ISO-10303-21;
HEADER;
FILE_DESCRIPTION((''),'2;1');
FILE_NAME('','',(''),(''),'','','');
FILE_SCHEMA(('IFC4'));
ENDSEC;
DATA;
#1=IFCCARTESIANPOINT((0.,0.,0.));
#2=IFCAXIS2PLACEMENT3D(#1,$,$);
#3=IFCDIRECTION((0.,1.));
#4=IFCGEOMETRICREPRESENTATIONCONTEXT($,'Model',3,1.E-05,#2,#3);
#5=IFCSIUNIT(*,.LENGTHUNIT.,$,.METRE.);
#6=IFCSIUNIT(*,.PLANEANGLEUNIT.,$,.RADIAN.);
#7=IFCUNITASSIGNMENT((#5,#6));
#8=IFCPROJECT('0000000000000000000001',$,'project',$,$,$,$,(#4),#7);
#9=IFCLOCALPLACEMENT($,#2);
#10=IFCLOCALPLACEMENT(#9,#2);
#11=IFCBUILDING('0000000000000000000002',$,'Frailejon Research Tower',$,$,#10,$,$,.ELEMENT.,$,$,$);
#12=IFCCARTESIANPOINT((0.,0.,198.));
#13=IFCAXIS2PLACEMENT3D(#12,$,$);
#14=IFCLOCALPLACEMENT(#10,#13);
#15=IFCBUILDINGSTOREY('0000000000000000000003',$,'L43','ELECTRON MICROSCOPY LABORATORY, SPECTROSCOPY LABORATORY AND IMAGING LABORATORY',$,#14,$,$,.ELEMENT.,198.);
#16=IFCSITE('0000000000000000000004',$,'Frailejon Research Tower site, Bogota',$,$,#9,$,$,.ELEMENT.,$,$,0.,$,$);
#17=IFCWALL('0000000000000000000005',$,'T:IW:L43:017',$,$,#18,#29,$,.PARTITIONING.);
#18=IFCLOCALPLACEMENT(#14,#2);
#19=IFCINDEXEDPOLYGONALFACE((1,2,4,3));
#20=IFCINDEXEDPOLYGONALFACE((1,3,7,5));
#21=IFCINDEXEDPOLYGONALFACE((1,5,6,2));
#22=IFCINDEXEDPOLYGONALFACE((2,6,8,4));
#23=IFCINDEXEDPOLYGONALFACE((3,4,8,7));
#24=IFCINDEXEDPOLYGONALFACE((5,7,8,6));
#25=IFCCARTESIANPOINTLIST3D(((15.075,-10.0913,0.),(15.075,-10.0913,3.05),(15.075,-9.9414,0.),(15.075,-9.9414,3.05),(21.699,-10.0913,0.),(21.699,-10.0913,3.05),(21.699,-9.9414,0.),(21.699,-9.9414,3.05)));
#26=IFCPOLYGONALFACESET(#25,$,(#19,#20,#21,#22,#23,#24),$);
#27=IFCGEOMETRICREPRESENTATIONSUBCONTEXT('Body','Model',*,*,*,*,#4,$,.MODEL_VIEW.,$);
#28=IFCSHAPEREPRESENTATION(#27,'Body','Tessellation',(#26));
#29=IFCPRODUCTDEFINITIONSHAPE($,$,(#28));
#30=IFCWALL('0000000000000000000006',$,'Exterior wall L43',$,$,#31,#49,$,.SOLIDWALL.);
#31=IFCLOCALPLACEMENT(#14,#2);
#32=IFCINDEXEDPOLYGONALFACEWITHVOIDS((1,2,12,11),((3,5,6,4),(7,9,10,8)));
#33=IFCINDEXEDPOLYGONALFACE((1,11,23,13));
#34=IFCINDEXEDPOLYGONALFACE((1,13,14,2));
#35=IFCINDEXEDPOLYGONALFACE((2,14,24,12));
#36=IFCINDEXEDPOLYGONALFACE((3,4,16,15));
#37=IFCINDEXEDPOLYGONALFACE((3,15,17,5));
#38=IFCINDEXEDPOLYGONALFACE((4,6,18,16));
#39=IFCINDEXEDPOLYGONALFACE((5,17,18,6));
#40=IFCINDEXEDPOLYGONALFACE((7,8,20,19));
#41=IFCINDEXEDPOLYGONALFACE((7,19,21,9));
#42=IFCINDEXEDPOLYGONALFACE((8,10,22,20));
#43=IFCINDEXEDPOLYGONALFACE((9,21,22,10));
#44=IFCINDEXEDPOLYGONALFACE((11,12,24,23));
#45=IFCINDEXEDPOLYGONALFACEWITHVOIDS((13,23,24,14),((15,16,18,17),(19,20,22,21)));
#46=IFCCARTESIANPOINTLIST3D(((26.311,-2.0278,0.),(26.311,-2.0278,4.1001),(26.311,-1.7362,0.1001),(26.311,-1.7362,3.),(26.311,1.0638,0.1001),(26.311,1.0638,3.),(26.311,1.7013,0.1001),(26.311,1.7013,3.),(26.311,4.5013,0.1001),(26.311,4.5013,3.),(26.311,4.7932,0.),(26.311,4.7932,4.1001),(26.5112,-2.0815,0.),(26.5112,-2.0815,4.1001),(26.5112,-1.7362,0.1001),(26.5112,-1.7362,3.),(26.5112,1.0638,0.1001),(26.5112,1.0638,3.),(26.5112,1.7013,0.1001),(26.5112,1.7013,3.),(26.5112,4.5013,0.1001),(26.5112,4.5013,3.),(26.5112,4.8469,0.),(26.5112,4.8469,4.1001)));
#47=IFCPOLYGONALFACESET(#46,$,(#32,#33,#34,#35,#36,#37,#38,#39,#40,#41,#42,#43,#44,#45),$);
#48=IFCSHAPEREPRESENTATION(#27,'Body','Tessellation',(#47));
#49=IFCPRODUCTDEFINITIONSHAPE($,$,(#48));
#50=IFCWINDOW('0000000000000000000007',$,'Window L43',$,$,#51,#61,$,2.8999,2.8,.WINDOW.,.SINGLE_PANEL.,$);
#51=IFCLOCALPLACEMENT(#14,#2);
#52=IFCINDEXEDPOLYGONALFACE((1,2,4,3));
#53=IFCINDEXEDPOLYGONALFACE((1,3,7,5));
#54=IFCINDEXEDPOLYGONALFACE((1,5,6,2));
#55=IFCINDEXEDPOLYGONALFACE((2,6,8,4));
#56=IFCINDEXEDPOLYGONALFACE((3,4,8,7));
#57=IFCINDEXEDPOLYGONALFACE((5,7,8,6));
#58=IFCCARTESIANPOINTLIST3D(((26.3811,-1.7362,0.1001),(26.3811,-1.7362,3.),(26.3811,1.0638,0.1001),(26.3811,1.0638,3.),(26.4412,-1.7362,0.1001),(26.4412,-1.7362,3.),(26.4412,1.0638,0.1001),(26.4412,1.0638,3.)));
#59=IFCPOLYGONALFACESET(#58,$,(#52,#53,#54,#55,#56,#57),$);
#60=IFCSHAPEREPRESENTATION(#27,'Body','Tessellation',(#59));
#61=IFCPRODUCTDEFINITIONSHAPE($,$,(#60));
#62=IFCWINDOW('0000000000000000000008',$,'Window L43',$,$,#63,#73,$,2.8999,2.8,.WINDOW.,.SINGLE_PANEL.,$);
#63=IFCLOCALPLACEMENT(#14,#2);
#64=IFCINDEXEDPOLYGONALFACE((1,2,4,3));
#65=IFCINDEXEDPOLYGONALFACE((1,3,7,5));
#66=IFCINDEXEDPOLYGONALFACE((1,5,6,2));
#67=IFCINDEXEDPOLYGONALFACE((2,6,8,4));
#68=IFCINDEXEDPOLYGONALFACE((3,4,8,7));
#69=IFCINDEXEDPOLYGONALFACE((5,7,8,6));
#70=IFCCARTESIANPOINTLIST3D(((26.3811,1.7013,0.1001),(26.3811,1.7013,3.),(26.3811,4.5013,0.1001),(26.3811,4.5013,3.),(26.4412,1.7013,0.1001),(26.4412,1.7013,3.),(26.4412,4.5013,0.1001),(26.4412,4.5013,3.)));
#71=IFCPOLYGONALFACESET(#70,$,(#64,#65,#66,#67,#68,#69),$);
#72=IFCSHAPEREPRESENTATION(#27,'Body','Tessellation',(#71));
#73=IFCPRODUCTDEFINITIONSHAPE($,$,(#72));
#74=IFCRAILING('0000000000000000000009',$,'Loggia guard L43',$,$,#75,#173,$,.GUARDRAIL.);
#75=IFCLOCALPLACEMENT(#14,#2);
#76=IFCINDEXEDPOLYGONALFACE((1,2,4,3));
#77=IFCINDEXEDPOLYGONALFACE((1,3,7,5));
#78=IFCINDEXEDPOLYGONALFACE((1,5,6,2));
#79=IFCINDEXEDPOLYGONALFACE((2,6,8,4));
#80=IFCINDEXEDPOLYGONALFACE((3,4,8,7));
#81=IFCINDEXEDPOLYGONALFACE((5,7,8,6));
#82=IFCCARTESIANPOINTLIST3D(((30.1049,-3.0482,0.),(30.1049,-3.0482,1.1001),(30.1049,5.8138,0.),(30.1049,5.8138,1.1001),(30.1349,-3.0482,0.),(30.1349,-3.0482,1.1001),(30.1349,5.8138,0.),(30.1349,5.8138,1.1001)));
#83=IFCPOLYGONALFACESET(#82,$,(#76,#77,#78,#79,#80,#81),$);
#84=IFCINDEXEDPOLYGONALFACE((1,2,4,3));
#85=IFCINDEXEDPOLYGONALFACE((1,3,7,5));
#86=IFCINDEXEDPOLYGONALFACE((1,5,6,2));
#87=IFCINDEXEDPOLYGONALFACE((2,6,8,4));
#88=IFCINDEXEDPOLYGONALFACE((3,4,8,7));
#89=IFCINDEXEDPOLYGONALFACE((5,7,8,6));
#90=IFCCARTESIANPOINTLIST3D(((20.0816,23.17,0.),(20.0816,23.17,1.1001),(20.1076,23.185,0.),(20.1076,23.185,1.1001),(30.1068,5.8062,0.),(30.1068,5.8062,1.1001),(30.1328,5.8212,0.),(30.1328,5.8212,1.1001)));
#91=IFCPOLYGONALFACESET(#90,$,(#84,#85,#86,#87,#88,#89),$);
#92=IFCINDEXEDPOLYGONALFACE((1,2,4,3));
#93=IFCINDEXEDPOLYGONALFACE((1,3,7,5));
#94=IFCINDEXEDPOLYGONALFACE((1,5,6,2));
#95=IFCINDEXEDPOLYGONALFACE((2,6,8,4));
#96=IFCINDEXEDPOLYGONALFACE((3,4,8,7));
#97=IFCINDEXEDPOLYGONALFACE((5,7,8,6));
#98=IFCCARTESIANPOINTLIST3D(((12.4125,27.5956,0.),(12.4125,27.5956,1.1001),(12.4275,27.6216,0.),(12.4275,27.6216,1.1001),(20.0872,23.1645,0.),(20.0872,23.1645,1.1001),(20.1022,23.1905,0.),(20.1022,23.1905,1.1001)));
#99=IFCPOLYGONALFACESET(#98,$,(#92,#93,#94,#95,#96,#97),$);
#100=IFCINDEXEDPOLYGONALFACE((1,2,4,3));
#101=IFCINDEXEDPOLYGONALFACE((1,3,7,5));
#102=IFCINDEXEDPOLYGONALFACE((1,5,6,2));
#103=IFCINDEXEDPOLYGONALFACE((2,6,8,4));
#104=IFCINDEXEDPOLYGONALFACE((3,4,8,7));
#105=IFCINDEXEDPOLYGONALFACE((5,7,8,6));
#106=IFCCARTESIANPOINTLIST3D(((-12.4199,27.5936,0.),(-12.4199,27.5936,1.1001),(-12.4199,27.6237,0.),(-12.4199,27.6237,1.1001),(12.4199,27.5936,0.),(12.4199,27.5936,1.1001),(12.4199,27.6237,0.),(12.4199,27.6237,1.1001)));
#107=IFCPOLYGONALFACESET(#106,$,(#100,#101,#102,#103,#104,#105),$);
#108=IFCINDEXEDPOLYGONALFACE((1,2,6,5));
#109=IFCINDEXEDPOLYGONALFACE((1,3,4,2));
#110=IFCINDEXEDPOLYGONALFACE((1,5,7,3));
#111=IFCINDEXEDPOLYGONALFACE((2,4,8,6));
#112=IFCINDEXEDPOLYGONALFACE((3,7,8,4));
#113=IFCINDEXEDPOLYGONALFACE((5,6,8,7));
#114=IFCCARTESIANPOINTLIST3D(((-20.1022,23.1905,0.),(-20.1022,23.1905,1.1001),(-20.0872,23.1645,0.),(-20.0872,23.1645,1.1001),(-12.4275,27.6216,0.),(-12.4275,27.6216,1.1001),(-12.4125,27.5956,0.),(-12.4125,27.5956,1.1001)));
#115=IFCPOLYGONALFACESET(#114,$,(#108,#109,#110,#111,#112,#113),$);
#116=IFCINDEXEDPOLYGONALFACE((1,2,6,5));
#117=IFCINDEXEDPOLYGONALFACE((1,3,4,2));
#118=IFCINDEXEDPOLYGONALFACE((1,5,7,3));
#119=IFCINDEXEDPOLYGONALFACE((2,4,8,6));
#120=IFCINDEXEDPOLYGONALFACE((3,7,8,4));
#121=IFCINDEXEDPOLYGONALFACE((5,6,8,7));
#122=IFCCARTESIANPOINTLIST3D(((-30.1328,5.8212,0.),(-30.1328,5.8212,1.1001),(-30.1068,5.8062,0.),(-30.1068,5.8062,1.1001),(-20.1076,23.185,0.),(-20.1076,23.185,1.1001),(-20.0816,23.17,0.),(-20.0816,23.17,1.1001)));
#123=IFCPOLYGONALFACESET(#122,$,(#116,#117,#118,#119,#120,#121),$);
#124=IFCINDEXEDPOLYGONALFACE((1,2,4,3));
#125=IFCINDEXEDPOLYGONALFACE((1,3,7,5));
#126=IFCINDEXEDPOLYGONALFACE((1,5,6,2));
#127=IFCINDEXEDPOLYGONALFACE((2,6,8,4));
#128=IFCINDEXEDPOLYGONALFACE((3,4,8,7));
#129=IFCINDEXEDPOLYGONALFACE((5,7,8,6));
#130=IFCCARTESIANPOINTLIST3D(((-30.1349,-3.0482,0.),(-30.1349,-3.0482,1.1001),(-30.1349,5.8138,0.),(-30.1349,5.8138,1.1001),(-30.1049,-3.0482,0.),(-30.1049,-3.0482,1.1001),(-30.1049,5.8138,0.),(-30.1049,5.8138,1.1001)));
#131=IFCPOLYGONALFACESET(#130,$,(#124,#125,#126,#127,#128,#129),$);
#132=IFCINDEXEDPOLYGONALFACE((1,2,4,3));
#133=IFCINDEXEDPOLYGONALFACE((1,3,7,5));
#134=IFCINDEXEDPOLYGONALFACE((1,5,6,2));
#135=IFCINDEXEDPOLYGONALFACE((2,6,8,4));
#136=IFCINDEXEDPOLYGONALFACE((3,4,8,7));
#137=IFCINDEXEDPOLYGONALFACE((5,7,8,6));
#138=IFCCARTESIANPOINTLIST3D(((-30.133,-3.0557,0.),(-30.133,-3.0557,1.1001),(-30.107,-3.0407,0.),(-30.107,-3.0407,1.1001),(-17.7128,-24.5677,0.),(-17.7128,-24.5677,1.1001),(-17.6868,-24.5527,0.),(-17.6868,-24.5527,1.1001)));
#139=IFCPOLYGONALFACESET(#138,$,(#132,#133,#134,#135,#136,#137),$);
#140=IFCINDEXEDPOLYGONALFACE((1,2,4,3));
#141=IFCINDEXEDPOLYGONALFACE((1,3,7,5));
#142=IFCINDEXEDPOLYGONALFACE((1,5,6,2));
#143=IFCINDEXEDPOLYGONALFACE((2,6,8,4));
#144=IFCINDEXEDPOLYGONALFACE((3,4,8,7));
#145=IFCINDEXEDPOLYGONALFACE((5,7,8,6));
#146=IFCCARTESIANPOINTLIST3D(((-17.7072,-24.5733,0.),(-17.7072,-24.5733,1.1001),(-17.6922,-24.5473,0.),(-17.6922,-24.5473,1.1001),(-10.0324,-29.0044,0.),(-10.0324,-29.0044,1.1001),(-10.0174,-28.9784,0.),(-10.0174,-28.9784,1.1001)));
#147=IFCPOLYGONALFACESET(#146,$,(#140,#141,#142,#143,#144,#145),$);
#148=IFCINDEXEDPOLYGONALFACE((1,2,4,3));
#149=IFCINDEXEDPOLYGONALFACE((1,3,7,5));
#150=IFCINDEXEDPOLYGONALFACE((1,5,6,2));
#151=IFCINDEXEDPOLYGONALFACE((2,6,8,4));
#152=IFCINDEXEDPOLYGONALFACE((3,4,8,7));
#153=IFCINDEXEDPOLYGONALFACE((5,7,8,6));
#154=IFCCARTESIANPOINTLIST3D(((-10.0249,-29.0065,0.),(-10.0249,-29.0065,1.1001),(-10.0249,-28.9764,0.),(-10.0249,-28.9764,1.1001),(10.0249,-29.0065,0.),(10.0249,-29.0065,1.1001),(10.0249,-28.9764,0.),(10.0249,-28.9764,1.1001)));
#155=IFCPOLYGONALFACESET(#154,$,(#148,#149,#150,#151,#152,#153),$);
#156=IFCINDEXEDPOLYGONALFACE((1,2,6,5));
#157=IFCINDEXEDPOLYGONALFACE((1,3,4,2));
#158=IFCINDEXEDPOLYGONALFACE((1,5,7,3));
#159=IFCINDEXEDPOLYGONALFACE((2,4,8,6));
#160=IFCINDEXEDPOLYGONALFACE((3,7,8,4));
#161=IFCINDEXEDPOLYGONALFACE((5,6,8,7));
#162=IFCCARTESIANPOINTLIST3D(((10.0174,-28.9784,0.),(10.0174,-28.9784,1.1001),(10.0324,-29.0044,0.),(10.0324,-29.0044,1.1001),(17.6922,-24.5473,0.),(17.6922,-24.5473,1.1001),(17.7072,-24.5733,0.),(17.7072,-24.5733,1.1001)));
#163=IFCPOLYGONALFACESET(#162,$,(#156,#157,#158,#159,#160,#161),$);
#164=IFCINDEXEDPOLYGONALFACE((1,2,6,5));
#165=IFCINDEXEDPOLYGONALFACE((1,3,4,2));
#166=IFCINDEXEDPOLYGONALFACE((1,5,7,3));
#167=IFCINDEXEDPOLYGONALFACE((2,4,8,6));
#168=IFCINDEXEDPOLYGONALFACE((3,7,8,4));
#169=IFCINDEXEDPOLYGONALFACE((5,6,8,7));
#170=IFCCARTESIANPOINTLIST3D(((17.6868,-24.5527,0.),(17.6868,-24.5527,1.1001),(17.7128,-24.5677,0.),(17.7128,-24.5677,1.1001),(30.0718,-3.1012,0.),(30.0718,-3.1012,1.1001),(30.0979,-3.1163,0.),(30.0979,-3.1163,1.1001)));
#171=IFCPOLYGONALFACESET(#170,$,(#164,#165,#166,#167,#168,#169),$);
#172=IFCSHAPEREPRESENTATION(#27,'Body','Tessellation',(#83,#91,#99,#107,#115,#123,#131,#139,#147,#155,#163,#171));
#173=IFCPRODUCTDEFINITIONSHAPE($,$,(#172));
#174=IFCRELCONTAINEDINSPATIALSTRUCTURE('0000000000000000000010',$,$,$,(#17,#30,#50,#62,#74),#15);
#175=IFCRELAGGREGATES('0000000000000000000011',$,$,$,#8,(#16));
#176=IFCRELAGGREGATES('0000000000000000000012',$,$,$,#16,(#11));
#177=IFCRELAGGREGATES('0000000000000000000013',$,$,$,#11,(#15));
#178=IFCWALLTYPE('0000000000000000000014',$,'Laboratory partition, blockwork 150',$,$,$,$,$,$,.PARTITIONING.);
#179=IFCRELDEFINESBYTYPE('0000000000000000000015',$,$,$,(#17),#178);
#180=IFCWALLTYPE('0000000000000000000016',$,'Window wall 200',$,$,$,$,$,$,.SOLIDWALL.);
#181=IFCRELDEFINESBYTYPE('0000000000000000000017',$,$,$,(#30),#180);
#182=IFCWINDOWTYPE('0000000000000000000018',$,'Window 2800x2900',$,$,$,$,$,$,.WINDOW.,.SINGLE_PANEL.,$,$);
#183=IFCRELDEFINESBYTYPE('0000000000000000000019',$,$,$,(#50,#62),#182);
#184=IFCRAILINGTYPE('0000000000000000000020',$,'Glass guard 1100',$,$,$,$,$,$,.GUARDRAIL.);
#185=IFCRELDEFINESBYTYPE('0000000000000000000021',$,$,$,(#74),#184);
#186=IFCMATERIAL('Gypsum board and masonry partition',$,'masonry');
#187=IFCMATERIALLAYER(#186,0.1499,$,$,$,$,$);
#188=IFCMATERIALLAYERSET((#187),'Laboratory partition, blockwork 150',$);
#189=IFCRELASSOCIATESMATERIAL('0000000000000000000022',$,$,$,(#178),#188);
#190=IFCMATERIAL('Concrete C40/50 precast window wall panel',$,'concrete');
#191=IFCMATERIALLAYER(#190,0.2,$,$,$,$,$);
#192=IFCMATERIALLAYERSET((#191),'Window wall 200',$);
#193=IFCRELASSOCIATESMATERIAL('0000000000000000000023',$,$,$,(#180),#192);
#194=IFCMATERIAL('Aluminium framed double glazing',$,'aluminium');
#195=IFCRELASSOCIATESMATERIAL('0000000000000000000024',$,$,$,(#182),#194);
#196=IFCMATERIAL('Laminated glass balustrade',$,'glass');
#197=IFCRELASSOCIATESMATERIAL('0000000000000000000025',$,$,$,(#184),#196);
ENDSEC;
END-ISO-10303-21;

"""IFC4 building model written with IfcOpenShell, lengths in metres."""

from ifc_helpers import new_model, si_unit, direction, frame, frame_2d, origin, origin_2d, place, context, subcontext, project, spatial, polyline, rectangle, outline, extrude, material, layer, layer_set, type_object, element, fill, save


model = new_model("IFC4")

# Units and contexts
model_context = context("Model", 3, precision=1e-05, world=origin(), true_north=direction((0.0, 1.0)))
body_context = subcontext(model_context, "Body", "Model", "MODEL_VIEW")
ifc_project = project(units=[si_unit("LENGTHUNIT", "METRE"), si_unit("PLANEANGLEUNIT", "RADIAN")], contexts=[model_context])

# Site, building, storey
site_placement = place(None, origin())
site = spatial("IfcSite", under=ifc_project, at=site_placement, Name="Frailejon Research Tower site, Bogota", CompositionType="ELEMENT", RefElevation=0.0)
building_placement = place(site_placement, origin())
building = spatial("IfcBuilding", under=site, at=building_placement, Name="Frailejon Research Tower", CompositionType="ELEMENT")
storey_placement = place(building_placement, frame((0.0, 0.0, 198.0)))
storey = spatial("IfcBuildingStorey", under=building, at=storey_placement, Name="L43", Description="ELECTRON MICROSCOPY LABORATORY, SPECTROSCOPY LABORATORY AND IMAGING LABORATORY", CompositionType="ELEMENT", Elevation=198.0)

# Wall
ifc_material_1 = material(Name="Gypsum board and masonry partition", Category="masonry")
ifc_layer_1 = layer(ifc_material_1, 0.1499)
ifc_layer_set_1 = layer_set([ifc_layer_1], Name="Laboratory partition, blockwork 150")
wall_type_1 = type_object("IfcWallType", Name="Laboratory partition, blockwork 150", PredefinedType="PARTITIONING", material=ifc_layer_set_1)
wall_1_placement = place(storey_placement, frame((15.075, -10.0164, 0.0), z_axis=(0.0, 0.0, 1.0), x_axis=(1.0, 0.0, 0.0)))
element("IfcWall", 1, at=wall_1_placement, inside=storey, type_object=wall_type_1, Name="T:IW:L43:017", PredefinedType="PARTITIONING", context=body_context, shape_type="SweptSolid", body=[
    extrude(rectangle(XDim=6.624, YDim=0.1499, at=frame_2d((3.312, 0.0))), origin(), (0.0, 0.0, 1.0), 3.05),
])

# Wall, openings, windows
ifc_material_2 = material(Name="Concrete C40/50 precast window wall panel", Category="concrete")
ifc_layer_2 = layer(ifc_material_2, 0.2)
ifc_layer_set_2 = layer_set([ifc_layer_2], Name="Window wall 200")
wall_type_2 = type_object("IfcWallType", Name="Window wall 200", PredefinedType="SOLIDWALL", material=ifc_layer_set_2)
wall_2_placement = place(storey_placement, frame((26.4111, -2.0547, 0.0), z_axis=(0.0, 0.0, 1.0), x_axis=(0.0, 1.0, 0.0)))
wall_2 = element("IfcWall", 2, at=wall_2_placement, inside=storey, type_object=wall_type_2, Name="Exterior wall L43", PredefinedType="SOLIDWALL", context=body_context, shape_type="SweptSolid", body=[
    extrude(outline(polyline([(-0.0269, -0.1001), (1.1279, -0.1001), (2.2827, -0.1001), (3.4375, -0.1001), (4.592, -0.1001), (5.7468, -0.1001), (6.9016, -0.1001), (6.8479, 0.1001), (5.7109, 0.1001), (4.5742, 0.1001), (3.4375, 0.1001), (2.3005, 0.1001), (1.1636, 0.1001), (0.0269, 0.1001), (-0.0269, -0.1001)])), origin(), (0.0, 0.0, 1.0), 4.1001),
])
opening_1_placement = place(wall_2_placement, frame((0.3186, 0.0, 0.1001)))
opening_1 = element("IfcOpeningElement", 3, at=opening_1_placement, cuts=wall_2, PredefinedType="OPENING", context=body_context, shape_type="SweptSolid", body=[
    extrude(rectangle(XDim=2.8, YDim=2.8999, at=frame_2d((1.3999, 1.45))), frame((0.0, 0.1099, 0.0), z_axis=(0.0, -1.0, 0.0), x_axis=(1.0, 0.0, 0.0)), (0.0, 0.0, 1.0), 0.22),
])
opening_2_placement = place(wall_2_placement, frame((3.7561, 0.0, 0.1001)))
opening_2 = element("IfcOpeningElement", 4, at=opening_2_placement, cuts=wall_2, PredefinedType="OPENING", context=body_context, shape_type="SweptSolid", body=[
    extrude(rectangle(XDim=2.8, YDim=2.8999, at=frame_2d((1.3999, 1.45))), frame((0.0, 0.1099, 0.0), z_axis=(0.0, -1.0, 0.0), x_axis=(1.0, 0.0, 0.0)), (0.0, 0.0, 1.0), 0.22),
])
ifc_material_3 = material(Name="Aluminium framed double glazing", Category="aluminium")
window_type = type_object("IfcWindowType", Name="Window 2800x2900", PartitioningType="SINGLE_PANEL", PredefinedType="WINDOW", material=ifc_material_3)
window_1_placement = place(opening_1_placement, origin())
window_1 = element("IfcWindow", 5, at=window_1_placement, inside=storey, type_object=window_type, Name="Window L43", OverallHeight=2.8999, OverallWidth=2.8, PartitioningType="SINGLE_PANEL", PredefinedType="WINDOW", context=body_context, shape_type="SweptSolid", body=[
    extrude(rectangle(XDim=2.8, YDim=2.8999, at=frame_2d((1.3999, 1.45))), frame((0.0, 0.03, 0.0), z_axis=(0.0, -1.0, 0.0), x_axis=(1.0, 0.0, 0.0)), (0.0, 0.0, 1.0), 0.0601),
])
fill(opening_1, window_1)
window_2_placement = place(opening_2_placement, origin())
window_2 = element("IfcWindow", 6, at=window_2_placement, inside=storey, type_object=window_type, Name="Window L43", OverallHeight=2.8999, OverallWidth=2.8, PartitioningType="SINGLE_PANEL", PredefinedType="WINDOW", context=body_context, shape_type="SweptSolid", body=[
    extrude(rectangle(XDim=2.8, YDim=2.8999, at=frame_2d((1.3999, 1.45))), frame((0.0, 0.03, 0.0), z_axis=(0.0, -1.0, 0.0), x_axis=(1.0, 0.0, 0.0)), (0.0, 0.0, 1.0), 0.0601),
])
fill(opening_2, window_2)

# Railing
ifc_material_4 = material(Name="Laminated glass balustrade", Category="glass")
railing_type = type_object("IfcRailingType", Name="Glass guard 1100", PredefinedType="GUARDRAIL", material=ifc_material_4)
railing_placement = place(storey_placement, frame((30.1199, -3.0483, 0.0)))
element("IfcRailing", 7, at=railing_placement, inside=storey, type_object=railing_type, Name="Loggia guard L43", PredefinedType="GUARDRAIL", context=body_context, shape_type="SweptSolid", body=[
    extrude(rectangle(XDim=8.8621, YDim=0.03, at=origin_2d()), frame((0.0, 4.4312, 0.0), z_axis=(0.0, 0.0, 1.0), x_axis=(0.0, 1.0, 0.0)), (0.0, 0.0, 1.0), 1.1001),
    extrude(rectangle(XDim=20.05, YDim=0.03, at=origin_2d()), frame((-5.0127, 17.5439, 0.0), z_axis=(0.0, 0.0, 1.0), x_axis=(-0.500006, 0.866022, 0.0)), (0.0, 0.0, 1.0), 1.1001),
    extrude(rectangle(XDim=8.8621, YDim=0.03, at=origin_2d()), frame((-13.8625, 28.4414, 0.0), z_axis=(0.0, 0.0, 1.0), x_axis=(-0.86602, 0.500009, 0.0)), (0.0, 0.0, 1.0), 1.1001),
    extrude(rectangle(XDim=24.8398, YDim=0.03, at=origin_2d()), frame((-30.1199, 30.657, 0.0), z_axis=(0.0, 0.0, 1.0), x_axis=(-1.0, 0.0, 0.0)), (0.0, 0.0, 1.0), 1.1001),
    extrude(rectangle(XDim=8.8621, YDim=0.03, at=origin_2d()), frame((-46.3772, 28.4414, 0.0), z_axis=(0.0, 0.0, 1.0), x_axis=(-0.86602, -0.500009, 0.0)), (0.0, 0.0, 1.0), 1.1001),
    extrude(rectangle(XDim=20.05, YDim=0.03, at=origin_2d()), frame((-55.2271, 17.5439, 0.0), z_axis=(0.0, 0.0, 1.0), x_axis=(-0.500006, -0.866022, 0.0)), (0.0, 0.0, 1.0), 1.1001),
    extrude(rectangle(XDim=8.8621, YDim=0.03, at=origin_2d()), frame((-60.2397, 4.4312, 0.0), z_axis=(0.0, 0.0, 1.0), x_axis=(0.0, -1.0, 0.0)), (0.0, 0.0, 1.0), 1.1001),
    extrude(rectangle(XDim=24.8401, YDim=0.03, at=origin_2d()), frame((-54.0298, -10.7559, 0.0), z_axis=(0.0, 0.0, 1.0), x_axis=(0.500007, -0.866021, 0.0)), (0.0, 0.0, 1.0), 1.1001),
    extrude(rectangle(XDim=8.8621, YDim=0.03, at=origin_2d()), frame((-43.9822, -23.7275, 0.0), z_axis=(0.0, 0.0, 1.0), x_axis=(0.86602, -0.500009, 0.0)), (0.0, 0.0, 1.0), 1.1001),
    extrude(rectangle(XDim=20.0498, YDim=0.03, at=origin_2d()), frame((-30.1199, -25.9431, 0.0), z_axis=(0.0, 0.0, 1.0), x_axis=(1.0, 0.0, 0.0)), (0.0, 0.0, 1.0), 1.1001),
    extrude(rectangle(XDim=8.8621, YDim=0.03, at=origin_2d()), frame((-16.2576, -23.7275, 0.0), z_axis=(0.0, 0.0, 1.0), x_axis=(0.86602, 0.500009, 0.0)), (0.0, 0.0, 1.0), 1.1001),
    extrude(rectangle(XDim=24.77, YDim=0.03, at=origin_2d()), frame((-6.2275, -10.7861, 0.0), z_axis=(0.0, 0.0, 1.0), x_axis=(0.500001, 0.866025, 0.0)), (0.0, 0.0, 1.0), 1.1001),
])

save(model, "model.ifc")
